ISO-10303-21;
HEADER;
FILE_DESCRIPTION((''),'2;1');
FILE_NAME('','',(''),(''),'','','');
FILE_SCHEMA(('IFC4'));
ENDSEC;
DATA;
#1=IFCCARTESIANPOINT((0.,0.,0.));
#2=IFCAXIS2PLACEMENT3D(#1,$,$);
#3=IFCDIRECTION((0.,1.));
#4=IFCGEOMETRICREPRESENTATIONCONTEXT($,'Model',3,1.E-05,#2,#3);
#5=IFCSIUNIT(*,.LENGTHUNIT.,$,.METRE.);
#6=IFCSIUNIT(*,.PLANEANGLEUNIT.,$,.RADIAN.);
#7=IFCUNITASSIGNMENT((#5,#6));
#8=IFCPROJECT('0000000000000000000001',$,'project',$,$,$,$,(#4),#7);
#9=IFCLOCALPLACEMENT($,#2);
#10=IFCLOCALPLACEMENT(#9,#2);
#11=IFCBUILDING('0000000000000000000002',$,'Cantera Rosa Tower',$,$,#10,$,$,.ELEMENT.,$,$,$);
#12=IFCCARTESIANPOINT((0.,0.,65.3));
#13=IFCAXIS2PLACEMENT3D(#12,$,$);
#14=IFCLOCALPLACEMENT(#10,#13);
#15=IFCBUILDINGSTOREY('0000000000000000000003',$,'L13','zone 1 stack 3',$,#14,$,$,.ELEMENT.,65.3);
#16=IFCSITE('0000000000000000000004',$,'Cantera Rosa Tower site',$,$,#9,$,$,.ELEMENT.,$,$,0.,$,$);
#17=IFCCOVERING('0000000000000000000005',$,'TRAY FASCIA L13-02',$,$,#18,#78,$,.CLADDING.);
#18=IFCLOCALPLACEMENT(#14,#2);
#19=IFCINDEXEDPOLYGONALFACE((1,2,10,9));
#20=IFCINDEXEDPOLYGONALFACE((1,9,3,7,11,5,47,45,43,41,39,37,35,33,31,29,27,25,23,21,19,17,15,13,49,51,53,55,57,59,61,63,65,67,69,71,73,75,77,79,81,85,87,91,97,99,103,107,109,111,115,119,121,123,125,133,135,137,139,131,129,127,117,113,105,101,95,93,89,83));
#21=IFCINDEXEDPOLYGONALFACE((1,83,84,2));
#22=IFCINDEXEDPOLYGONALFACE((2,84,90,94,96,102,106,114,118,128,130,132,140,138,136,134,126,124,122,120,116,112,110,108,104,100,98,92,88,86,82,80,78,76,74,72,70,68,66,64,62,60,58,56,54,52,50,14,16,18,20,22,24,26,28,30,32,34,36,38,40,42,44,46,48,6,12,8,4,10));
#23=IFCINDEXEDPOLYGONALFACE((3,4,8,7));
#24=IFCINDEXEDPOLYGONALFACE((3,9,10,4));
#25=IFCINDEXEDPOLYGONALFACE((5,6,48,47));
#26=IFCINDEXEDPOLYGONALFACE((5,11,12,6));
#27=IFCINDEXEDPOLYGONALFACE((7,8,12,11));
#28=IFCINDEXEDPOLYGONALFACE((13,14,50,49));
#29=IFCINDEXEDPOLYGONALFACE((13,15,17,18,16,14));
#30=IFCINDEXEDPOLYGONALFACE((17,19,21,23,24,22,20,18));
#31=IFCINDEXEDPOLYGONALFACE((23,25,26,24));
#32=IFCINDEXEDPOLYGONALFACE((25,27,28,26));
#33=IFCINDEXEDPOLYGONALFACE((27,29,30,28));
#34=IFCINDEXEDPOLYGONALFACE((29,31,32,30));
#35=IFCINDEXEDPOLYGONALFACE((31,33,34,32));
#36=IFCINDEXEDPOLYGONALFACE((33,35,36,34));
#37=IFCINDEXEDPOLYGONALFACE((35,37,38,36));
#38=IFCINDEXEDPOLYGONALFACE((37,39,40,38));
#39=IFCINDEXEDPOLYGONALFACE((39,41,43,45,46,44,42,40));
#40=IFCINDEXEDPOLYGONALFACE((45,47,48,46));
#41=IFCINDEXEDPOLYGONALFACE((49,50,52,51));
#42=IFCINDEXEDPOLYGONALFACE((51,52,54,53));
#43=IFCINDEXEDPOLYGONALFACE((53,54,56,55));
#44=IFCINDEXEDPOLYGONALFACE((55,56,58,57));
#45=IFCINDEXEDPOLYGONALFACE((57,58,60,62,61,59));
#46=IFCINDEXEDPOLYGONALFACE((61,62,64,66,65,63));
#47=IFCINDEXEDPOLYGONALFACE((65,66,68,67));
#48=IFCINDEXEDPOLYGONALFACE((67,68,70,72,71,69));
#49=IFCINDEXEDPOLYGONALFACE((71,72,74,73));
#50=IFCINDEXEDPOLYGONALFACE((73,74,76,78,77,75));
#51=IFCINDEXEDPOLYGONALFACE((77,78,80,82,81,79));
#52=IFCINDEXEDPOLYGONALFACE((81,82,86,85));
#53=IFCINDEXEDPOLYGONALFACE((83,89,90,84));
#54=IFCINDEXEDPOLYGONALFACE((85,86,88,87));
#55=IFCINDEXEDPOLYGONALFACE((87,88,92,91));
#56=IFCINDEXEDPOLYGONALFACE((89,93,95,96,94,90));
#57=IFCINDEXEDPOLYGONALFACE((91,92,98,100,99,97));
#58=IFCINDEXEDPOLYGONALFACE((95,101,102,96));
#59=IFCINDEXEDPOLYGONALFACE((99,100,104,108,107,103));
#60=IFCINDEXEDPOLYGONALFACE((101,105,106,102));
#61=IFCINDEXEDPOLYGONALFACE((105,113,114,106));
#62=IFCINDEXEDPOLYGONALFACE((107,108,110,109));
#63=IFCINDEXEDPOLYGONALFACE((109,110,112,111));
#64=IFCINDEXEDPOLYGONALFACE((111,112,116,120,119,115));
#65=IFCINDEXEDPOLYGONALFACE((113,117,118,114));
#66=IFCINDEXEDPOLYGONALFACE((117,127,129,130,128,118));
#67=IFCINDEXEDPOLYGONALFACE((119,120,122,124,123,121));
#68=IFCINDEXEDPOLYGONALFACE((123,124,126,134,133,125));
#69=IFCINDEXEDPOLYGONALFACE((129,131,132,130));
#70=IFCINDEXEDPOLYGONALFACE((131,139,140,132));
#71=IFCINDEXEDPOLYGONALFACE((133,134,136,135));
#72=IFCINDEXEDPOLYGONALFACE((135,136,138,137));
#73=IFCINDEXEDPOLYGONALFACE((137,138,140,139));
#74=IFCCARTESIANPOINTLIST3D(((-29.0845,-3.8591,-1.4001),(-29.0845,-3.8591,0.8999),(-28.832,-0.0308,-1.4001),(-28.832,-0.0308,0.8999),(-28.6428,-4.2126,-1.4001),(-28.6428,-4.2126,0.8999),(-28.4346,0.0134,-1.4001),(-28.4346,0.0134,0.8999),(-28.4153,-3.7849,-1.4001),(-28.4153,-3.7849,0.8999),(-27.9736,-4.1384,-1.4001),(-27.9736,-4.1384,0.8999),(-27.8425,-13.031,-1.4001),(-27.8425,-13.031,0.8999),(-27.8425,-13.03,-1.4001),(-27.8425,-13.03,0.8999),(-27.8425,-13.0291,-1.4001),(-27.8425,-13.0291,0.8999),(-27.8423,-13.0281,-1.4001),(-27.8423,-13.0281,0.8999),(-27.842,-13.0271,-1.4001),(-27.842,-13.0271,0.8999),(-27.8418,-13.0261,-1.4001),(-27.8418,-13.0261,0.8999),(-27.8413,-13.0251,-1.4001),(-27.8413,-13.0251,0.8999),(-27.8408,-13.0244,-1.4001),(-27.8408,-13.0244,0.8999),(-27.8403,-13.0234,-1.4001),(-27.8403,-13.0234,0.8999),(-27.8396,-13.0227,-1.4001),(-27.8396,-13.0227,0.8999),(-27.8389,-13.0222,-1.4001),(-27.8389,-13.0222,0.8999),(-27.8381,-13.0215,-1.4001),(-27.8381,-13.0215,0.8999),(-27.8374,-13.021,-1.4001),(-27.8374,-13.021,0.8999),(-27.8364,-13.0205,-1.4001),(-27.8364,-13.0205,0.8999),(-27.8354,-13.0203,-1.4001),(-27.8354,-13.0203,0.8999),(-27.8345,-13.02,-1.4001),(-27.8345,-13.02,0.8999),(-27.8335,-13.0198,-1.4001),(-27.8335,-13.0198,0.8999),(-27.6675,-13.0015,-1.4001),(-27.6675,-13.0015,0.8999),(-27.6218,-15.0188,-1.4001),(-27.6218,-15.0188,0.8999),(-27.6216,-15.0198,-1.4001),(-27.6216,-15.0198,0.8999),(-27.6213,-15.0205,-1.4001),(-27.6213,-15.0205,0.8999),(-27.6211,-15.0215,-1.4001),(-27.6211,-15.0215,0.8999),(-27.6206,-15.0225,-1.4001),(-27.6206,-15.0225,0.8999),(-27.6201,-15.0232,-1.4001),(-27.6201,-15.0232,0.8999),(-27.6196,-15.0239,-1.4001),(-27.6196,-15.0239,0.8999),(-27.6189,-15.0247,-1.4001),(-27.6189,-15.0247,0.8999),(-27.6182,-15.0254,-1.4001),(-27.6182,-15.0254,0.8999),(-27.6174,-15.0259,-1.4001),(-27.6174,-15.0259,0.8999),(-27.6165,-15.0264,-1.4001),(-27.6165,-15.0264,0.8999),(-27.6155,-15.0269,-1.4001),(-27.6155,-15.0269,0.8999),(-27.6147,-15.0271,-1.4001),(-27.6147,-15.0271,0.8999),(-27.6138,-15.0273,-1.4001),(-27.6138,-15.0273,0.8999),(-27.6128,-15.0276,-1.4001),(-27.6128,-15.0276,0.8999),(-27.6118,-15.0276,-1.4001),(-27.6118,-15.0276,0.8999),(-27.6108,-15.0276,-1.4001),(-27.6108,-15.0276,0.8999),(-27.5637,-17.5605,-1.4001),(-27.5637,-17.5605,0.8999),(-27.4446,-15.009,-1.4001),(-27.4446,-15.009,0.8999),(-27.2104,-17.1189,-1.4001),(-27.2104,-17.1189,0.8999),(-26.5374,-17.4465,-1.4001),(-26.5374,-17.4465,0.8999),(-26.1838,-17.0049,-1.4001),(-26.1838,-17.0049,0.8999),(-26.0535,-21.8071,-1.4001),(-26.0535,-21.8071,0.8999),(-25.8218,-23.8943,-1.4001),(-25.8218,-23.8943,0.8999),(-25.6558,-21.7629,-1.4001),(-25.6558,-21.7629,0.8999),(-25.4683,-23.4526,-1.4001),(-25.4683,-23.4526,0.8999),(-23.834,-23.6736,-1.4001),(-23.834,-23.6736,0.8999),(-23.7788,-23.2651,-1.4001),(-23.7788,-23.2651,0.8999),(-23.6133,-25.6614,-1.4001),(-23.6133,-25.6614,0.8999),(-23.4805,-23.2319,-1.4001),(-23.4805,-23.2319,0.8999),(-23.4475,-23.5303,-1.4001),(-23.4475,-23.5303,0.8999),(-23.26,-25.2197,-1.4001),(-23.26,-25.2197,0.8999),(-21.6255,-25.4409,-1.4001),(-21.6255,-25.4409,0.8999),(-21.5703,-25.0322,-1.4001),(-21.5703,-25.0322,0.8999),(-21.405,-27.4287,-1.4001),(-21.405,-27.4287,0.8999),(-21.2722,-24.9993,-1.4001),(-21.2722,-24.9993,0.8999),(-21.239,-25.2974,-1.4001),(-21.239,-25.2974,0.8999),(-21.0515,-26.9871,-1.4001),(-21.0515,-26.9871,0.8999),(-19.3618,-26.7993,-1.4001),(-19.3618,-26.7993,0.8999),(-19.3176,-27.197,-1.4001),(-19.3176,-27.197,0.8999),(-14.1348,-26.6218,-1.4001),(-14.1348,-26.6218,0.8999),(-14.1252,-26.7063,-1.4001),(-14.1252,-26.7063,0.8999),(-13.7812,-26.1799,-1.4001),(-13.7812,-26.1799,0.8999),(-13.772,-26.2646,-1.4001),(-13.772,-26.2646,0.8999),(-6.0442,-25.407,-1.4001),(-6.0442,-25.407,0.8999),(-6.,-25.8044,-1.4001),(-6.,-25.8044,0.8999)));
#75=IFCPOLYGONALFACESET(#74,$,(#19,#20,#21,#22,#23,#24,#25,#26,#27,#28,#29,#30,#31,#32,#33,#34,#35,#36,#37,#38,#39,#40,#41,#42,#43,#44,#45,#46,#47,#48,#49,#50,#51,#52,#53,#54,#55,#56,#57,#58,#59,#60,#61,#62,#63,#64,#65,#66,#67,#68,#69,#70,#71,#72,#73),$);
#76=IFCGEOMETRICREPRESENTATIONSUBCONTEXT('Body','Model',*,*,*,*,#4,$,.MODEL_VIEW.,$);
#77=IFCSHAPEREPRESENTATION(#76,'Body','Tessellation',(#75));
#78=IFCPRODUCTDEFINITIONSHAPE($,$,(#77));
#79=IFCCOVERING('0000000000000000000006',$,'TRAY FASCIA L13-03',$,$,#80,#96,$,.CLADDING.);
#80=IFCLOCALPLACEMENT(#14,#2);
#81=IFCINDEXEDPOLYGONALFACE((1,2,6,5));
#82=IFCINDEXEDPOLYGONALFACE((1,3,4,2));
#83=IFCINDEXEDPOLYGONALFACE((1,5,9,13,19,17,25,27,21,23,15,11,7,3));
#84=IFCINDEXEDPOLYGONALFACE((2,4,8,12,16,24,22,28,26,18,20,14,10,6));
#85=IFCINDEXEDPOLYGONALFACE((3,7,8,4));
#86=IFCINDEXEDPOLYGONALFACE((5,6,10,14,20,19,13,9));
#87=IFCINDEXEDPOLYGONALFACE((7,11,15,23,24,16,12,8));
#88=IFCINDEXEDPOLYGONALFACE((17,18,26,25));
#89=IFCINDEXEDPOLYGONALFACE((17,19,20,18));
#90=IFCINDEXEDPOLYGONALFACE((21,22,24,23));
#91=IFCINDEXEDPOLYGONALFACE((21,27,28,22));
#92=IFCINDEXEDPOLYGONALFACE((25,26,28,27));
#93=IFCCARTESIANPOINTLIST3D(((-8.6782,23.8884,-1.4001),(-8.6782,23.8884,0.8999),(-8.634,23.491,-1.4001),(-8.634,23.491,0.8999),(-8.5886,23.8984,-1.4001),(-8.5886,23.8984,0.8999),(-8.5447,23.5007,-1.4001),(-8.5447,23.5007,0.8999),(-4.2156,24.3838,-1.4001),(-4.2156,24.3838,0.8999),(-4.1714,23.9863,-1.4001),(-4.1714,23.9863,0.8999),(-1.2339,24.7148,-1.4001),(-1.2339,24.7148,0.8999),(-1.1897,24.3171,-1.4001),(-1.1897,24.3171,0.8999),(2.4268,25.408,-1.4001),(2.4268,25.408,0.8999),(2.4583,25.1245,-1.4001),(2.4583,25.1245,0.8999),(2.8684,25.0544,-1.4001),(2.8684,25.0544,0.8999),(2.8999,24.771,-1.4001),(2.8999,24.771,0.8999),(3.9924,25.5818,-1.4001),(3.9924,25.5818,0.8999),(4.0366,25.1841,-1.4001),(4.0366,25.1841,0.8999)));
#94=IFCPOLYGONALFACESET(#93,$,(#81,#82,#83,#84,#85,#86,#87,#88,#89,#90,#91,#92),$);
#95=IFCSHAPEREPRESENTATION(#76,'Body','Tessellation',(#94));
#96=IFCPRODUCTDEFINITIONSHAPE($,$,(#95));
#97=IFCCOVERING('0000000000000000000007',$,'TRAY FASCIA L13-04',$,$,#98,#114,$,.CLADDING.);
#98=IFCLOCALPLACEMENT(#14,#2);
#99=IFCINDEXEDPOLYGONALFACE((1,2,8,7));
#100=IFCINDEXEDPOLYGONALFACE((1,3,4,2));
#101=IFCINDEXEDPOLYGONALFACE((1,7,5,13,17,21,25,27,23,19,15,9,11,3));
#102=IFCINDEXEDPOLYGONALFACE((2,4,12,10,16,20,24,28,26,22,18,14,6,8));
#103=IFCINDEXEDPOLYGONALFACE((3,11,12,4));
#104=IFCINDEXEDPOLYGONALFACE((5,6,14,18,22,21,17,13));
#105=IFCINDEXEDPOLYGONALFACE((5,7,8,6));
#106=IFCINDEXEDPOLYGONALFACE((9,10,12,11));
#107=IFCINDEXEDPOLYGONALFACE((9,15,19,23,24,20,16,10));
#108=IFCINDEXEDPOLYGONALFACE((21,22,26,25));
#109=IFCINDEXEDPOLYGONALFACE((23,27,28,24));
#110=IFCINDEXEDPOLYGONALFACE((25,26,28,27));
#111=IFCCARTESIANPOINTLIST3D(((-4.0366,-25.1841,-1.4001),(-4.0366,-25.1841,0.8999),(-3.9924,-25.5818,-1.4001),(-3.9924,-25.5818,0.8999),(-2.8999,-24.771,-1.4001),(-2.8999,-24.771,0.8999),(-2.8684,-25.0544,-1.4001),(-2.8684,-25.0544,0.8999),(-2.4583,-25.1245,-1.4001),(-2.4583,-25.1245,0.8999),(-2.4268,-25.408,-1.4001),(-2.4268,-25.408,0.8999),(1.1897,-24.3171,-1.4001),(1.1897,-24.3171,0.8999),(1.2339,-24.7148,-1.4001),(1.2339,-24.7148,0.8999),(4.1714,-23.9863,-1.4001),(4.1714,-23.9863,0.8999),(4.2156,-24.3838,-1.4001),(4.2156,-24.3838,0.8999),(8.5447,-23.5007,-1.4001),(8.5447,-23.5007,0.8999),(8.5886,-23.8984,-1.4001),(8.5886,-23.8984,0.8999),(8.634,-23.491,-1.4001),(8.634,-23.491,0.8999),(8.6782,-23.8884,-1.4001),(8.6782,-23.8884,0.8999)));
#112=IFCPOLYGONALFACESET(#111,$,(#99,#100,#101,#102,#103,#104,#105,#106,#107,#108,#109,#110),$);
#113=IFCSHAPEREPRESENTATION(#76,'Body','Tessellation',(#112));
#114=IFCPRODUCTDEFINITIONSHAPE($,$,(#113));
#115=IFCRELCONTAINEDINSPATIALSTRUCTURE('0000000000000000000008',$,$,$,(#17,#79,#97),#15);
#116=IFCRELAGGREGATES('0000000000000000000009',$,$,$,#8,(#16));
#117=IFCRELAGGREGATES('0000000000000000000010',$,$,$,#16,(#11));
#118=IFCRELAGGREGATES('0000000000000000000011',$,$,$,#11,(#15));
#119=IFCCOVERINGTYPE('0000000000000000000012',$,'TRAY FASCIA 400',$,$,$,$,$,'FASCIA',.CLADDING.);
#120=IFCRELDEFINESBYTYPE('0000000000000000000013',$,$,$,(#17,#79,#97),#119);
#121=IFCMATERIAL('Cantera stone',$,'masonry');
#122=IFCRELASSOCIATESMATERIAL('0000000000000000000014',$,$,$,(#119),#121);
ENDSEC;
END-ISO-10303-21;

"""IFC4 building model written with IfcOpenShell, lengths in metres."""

from ifc_helpers import new_model, si_unit, direction, frame, origin, place, context, subcontext, project, spatial, polyline, outline, extrude, material, type_object, element, save


model = new_model("IFC4")

# Units and contexts
model_context = context("Model", 3, precision=1e-05, world=origin(), true_north=direction((0.0, 1.0)))
body_context = subcontext(model_context, "Body", "Model", "MODEL_VIEW")
ifc_project = project(units=[si_unit("LENGTHUNIT", "METRE"), si_unit("PLANEANGLEUNIT", "RADIAN")], contexts=[model_context])

# Site, building, storey
site_placement = place(None, origin())
site = spatial("IfcSite", under=ifc_project, at=site_placement, Name="Cantera Rosa Tower site", CompositionType="ELEMENT", RefElevation=0.0)
building_placement = place(site_placement, origin())
building = spatial("IfcBuilding", under=site, at=building_placement, Name="Cantera Rosa Tower", CompositionType="ELEMENT")
storey_placement = place(building_placement, frame((0.0, 0.0, 65.3)))
storey = spatial("IfcBuildingStorey", under=building, at=storey_placement, Name="L13", Description="zone 1 stack 3", CompositionType="ELEMENT", Elevation=65.3)

# Coverings
ifc_material_1 = material(Name="Cantera stone", Category="masonry")
covering_type_1 = type_object("IfcCoveringType", Name="TRAY FASCIA 400", ElementType="FASCIA", PredefinedType="CLADDING", material=ifc_material_1)
covering_1_placement = place(storey_placement, frame((0.0, 0.0, -1.4001)))
element("IfcCovering", 1, at=covering_1_placement, inside=storey, type_object=covering_type_1, Name="TRAY FASCIA L13-02", PredefinedType="CLADDING", context=body_context, shape_type="SweptSolid", body=[
    extrude(outline(polyline([(-14.1252, -26.7063), (-14.1348, -26.6218), (-19.3176, -27.197), (-21.405, -27.4287), (-21.6255, -25.4409), (-23.6133, -25.6614), (-23.834, -23.6736), (-25.8218, -23.8943), (-26.0535, -21.8071), (-26.5374, -17.4465), (-27.5637, -17.5605), (-29.0845, -3.8591), (-28.4153, -3.7849), (-28.832, -0.0308), (-28.4346, 0.0134), (-27.9736, -4.1384), (-28.6428, -4.2126), (-27.6675, -13.0015), (-27.8335, -13.0198), (-27.8345, -13.02), (-27.8354, -13.0203), (-27.8364, -13.0205), (-27.8374, -13.021), (-27.8381, -13.0215), (-27.8389, -13.0222), (-27.8396, -13.0227), (-27.8403, -13.0234), (-27.8408, -13.0244), (-27.8413, -13.0251), (-27.8418, -13.0261), (-27.842, -13.0271), (-27.8423, -13.0281), (-27.8425, -13.0291), (-27.8425, -13.03), (-27.8425, -13.031), (-27.6218, -15.0188), (-27.6216, -15.0198), (-27.6213, -15.0205), (-27.6211, -15.0215), (-27.6206, -15.0225), (-27.6201, -15.0232), (-27.6196, -15.0239), (-27.6189, -15.0247), (-27.6182, -15.0254), (-27.6174, -15.0259), (-27.6165, -15.0264), (-27.6155, -15.0269), (-27.6147, -15.0271), (-27.6138, -15.0273), (-27.6128, -15.0276), (-27.6118, -15.0276), (-27.6108, -15.0276), (-27.4446, -15.009), (-27.2104, -17.1189), (-26.1838, -17.0049), (-25.6558, -21.7629), (-25.4683, -23.4526), (-23.7788, -23.2651), (-23.4805, -23.2319), (-23.4475, -23.5303), (-23.26, -25.2197), (-21.5703, -25.0322), (-21.2722, -24.9993), (-21.239, -25.2974), (-21.0515, -26.9871), (-19.3618, -26.7993), (-13.7812, -26.1799), (-13.772, -26.2646), (-6.0442, -25.407), (-6.0, -25.8044), (-14.1252, -26.7063)])), origin(), (0.0, 0.0, 1.0), 2.3),
])
covering_2_placement = place(storey_placement, frame((0.0, 0.0, -1.4001)))
element("IfcCovering", 2, at=covering_2_placement, inside=storey, type_object=covering_type_1, Name="TRAY FASCIA L13-03", PredefinedType="CLADDING", context=body_context, shape_type="SweptSolid", body=[
    extrude(outline(polyline([(-8.5886, 23.8984), (-4.2156, 24.3838), (-1.2339, 24.7148), (2.4583, 25.1245), (2.4268, 25.408), (3.9924, 25.5818), (4.0366, 25.1841), (2.8684, 25.0544), (2.8999, 24.771), (-1.1897, 24.3171), (-4.1714, 23.9863), (-8.5447, 23.5007), (-8.634, 23.491), (-8.6782, 23.8884), (-8.5886, 23.8984)])), origin(), (0.0, 0.0, 1.0), 2.3),
])
covering_3_placement = place(storey_placement, frame((0.0, 0.0, -1.4001)))
element("IfcCovering", 3, at=covering_3_placement, inside=storey, type_object=covering_type_1, Name="TRAY FASCIA L13-04", PredefinedType="CLADDING", context=body_context, shape_type="SweptSolid", body=[
    extrude(outline(polyline([(8.5886, -23.8984), (4.2156, -24.3838), (1.2339, -24.7148), (-2.4583, -25.1245), (-2.4268, -25.408), (-3.9924, -25.5818), (-4.0366, -25.1841), (-2.8684, -25.0544), (-2.8999, -24.771), (1.1897, -24.3171), (4.1714, -23.9863), (8.5447, -23.5007), (8.634, -23.491), (8.6782, -23.8884), (8.5886, -23.8984)])), origin(), (0.0, 0.0, 1.0), 2.3),
])

save(model, "model.ifc")
